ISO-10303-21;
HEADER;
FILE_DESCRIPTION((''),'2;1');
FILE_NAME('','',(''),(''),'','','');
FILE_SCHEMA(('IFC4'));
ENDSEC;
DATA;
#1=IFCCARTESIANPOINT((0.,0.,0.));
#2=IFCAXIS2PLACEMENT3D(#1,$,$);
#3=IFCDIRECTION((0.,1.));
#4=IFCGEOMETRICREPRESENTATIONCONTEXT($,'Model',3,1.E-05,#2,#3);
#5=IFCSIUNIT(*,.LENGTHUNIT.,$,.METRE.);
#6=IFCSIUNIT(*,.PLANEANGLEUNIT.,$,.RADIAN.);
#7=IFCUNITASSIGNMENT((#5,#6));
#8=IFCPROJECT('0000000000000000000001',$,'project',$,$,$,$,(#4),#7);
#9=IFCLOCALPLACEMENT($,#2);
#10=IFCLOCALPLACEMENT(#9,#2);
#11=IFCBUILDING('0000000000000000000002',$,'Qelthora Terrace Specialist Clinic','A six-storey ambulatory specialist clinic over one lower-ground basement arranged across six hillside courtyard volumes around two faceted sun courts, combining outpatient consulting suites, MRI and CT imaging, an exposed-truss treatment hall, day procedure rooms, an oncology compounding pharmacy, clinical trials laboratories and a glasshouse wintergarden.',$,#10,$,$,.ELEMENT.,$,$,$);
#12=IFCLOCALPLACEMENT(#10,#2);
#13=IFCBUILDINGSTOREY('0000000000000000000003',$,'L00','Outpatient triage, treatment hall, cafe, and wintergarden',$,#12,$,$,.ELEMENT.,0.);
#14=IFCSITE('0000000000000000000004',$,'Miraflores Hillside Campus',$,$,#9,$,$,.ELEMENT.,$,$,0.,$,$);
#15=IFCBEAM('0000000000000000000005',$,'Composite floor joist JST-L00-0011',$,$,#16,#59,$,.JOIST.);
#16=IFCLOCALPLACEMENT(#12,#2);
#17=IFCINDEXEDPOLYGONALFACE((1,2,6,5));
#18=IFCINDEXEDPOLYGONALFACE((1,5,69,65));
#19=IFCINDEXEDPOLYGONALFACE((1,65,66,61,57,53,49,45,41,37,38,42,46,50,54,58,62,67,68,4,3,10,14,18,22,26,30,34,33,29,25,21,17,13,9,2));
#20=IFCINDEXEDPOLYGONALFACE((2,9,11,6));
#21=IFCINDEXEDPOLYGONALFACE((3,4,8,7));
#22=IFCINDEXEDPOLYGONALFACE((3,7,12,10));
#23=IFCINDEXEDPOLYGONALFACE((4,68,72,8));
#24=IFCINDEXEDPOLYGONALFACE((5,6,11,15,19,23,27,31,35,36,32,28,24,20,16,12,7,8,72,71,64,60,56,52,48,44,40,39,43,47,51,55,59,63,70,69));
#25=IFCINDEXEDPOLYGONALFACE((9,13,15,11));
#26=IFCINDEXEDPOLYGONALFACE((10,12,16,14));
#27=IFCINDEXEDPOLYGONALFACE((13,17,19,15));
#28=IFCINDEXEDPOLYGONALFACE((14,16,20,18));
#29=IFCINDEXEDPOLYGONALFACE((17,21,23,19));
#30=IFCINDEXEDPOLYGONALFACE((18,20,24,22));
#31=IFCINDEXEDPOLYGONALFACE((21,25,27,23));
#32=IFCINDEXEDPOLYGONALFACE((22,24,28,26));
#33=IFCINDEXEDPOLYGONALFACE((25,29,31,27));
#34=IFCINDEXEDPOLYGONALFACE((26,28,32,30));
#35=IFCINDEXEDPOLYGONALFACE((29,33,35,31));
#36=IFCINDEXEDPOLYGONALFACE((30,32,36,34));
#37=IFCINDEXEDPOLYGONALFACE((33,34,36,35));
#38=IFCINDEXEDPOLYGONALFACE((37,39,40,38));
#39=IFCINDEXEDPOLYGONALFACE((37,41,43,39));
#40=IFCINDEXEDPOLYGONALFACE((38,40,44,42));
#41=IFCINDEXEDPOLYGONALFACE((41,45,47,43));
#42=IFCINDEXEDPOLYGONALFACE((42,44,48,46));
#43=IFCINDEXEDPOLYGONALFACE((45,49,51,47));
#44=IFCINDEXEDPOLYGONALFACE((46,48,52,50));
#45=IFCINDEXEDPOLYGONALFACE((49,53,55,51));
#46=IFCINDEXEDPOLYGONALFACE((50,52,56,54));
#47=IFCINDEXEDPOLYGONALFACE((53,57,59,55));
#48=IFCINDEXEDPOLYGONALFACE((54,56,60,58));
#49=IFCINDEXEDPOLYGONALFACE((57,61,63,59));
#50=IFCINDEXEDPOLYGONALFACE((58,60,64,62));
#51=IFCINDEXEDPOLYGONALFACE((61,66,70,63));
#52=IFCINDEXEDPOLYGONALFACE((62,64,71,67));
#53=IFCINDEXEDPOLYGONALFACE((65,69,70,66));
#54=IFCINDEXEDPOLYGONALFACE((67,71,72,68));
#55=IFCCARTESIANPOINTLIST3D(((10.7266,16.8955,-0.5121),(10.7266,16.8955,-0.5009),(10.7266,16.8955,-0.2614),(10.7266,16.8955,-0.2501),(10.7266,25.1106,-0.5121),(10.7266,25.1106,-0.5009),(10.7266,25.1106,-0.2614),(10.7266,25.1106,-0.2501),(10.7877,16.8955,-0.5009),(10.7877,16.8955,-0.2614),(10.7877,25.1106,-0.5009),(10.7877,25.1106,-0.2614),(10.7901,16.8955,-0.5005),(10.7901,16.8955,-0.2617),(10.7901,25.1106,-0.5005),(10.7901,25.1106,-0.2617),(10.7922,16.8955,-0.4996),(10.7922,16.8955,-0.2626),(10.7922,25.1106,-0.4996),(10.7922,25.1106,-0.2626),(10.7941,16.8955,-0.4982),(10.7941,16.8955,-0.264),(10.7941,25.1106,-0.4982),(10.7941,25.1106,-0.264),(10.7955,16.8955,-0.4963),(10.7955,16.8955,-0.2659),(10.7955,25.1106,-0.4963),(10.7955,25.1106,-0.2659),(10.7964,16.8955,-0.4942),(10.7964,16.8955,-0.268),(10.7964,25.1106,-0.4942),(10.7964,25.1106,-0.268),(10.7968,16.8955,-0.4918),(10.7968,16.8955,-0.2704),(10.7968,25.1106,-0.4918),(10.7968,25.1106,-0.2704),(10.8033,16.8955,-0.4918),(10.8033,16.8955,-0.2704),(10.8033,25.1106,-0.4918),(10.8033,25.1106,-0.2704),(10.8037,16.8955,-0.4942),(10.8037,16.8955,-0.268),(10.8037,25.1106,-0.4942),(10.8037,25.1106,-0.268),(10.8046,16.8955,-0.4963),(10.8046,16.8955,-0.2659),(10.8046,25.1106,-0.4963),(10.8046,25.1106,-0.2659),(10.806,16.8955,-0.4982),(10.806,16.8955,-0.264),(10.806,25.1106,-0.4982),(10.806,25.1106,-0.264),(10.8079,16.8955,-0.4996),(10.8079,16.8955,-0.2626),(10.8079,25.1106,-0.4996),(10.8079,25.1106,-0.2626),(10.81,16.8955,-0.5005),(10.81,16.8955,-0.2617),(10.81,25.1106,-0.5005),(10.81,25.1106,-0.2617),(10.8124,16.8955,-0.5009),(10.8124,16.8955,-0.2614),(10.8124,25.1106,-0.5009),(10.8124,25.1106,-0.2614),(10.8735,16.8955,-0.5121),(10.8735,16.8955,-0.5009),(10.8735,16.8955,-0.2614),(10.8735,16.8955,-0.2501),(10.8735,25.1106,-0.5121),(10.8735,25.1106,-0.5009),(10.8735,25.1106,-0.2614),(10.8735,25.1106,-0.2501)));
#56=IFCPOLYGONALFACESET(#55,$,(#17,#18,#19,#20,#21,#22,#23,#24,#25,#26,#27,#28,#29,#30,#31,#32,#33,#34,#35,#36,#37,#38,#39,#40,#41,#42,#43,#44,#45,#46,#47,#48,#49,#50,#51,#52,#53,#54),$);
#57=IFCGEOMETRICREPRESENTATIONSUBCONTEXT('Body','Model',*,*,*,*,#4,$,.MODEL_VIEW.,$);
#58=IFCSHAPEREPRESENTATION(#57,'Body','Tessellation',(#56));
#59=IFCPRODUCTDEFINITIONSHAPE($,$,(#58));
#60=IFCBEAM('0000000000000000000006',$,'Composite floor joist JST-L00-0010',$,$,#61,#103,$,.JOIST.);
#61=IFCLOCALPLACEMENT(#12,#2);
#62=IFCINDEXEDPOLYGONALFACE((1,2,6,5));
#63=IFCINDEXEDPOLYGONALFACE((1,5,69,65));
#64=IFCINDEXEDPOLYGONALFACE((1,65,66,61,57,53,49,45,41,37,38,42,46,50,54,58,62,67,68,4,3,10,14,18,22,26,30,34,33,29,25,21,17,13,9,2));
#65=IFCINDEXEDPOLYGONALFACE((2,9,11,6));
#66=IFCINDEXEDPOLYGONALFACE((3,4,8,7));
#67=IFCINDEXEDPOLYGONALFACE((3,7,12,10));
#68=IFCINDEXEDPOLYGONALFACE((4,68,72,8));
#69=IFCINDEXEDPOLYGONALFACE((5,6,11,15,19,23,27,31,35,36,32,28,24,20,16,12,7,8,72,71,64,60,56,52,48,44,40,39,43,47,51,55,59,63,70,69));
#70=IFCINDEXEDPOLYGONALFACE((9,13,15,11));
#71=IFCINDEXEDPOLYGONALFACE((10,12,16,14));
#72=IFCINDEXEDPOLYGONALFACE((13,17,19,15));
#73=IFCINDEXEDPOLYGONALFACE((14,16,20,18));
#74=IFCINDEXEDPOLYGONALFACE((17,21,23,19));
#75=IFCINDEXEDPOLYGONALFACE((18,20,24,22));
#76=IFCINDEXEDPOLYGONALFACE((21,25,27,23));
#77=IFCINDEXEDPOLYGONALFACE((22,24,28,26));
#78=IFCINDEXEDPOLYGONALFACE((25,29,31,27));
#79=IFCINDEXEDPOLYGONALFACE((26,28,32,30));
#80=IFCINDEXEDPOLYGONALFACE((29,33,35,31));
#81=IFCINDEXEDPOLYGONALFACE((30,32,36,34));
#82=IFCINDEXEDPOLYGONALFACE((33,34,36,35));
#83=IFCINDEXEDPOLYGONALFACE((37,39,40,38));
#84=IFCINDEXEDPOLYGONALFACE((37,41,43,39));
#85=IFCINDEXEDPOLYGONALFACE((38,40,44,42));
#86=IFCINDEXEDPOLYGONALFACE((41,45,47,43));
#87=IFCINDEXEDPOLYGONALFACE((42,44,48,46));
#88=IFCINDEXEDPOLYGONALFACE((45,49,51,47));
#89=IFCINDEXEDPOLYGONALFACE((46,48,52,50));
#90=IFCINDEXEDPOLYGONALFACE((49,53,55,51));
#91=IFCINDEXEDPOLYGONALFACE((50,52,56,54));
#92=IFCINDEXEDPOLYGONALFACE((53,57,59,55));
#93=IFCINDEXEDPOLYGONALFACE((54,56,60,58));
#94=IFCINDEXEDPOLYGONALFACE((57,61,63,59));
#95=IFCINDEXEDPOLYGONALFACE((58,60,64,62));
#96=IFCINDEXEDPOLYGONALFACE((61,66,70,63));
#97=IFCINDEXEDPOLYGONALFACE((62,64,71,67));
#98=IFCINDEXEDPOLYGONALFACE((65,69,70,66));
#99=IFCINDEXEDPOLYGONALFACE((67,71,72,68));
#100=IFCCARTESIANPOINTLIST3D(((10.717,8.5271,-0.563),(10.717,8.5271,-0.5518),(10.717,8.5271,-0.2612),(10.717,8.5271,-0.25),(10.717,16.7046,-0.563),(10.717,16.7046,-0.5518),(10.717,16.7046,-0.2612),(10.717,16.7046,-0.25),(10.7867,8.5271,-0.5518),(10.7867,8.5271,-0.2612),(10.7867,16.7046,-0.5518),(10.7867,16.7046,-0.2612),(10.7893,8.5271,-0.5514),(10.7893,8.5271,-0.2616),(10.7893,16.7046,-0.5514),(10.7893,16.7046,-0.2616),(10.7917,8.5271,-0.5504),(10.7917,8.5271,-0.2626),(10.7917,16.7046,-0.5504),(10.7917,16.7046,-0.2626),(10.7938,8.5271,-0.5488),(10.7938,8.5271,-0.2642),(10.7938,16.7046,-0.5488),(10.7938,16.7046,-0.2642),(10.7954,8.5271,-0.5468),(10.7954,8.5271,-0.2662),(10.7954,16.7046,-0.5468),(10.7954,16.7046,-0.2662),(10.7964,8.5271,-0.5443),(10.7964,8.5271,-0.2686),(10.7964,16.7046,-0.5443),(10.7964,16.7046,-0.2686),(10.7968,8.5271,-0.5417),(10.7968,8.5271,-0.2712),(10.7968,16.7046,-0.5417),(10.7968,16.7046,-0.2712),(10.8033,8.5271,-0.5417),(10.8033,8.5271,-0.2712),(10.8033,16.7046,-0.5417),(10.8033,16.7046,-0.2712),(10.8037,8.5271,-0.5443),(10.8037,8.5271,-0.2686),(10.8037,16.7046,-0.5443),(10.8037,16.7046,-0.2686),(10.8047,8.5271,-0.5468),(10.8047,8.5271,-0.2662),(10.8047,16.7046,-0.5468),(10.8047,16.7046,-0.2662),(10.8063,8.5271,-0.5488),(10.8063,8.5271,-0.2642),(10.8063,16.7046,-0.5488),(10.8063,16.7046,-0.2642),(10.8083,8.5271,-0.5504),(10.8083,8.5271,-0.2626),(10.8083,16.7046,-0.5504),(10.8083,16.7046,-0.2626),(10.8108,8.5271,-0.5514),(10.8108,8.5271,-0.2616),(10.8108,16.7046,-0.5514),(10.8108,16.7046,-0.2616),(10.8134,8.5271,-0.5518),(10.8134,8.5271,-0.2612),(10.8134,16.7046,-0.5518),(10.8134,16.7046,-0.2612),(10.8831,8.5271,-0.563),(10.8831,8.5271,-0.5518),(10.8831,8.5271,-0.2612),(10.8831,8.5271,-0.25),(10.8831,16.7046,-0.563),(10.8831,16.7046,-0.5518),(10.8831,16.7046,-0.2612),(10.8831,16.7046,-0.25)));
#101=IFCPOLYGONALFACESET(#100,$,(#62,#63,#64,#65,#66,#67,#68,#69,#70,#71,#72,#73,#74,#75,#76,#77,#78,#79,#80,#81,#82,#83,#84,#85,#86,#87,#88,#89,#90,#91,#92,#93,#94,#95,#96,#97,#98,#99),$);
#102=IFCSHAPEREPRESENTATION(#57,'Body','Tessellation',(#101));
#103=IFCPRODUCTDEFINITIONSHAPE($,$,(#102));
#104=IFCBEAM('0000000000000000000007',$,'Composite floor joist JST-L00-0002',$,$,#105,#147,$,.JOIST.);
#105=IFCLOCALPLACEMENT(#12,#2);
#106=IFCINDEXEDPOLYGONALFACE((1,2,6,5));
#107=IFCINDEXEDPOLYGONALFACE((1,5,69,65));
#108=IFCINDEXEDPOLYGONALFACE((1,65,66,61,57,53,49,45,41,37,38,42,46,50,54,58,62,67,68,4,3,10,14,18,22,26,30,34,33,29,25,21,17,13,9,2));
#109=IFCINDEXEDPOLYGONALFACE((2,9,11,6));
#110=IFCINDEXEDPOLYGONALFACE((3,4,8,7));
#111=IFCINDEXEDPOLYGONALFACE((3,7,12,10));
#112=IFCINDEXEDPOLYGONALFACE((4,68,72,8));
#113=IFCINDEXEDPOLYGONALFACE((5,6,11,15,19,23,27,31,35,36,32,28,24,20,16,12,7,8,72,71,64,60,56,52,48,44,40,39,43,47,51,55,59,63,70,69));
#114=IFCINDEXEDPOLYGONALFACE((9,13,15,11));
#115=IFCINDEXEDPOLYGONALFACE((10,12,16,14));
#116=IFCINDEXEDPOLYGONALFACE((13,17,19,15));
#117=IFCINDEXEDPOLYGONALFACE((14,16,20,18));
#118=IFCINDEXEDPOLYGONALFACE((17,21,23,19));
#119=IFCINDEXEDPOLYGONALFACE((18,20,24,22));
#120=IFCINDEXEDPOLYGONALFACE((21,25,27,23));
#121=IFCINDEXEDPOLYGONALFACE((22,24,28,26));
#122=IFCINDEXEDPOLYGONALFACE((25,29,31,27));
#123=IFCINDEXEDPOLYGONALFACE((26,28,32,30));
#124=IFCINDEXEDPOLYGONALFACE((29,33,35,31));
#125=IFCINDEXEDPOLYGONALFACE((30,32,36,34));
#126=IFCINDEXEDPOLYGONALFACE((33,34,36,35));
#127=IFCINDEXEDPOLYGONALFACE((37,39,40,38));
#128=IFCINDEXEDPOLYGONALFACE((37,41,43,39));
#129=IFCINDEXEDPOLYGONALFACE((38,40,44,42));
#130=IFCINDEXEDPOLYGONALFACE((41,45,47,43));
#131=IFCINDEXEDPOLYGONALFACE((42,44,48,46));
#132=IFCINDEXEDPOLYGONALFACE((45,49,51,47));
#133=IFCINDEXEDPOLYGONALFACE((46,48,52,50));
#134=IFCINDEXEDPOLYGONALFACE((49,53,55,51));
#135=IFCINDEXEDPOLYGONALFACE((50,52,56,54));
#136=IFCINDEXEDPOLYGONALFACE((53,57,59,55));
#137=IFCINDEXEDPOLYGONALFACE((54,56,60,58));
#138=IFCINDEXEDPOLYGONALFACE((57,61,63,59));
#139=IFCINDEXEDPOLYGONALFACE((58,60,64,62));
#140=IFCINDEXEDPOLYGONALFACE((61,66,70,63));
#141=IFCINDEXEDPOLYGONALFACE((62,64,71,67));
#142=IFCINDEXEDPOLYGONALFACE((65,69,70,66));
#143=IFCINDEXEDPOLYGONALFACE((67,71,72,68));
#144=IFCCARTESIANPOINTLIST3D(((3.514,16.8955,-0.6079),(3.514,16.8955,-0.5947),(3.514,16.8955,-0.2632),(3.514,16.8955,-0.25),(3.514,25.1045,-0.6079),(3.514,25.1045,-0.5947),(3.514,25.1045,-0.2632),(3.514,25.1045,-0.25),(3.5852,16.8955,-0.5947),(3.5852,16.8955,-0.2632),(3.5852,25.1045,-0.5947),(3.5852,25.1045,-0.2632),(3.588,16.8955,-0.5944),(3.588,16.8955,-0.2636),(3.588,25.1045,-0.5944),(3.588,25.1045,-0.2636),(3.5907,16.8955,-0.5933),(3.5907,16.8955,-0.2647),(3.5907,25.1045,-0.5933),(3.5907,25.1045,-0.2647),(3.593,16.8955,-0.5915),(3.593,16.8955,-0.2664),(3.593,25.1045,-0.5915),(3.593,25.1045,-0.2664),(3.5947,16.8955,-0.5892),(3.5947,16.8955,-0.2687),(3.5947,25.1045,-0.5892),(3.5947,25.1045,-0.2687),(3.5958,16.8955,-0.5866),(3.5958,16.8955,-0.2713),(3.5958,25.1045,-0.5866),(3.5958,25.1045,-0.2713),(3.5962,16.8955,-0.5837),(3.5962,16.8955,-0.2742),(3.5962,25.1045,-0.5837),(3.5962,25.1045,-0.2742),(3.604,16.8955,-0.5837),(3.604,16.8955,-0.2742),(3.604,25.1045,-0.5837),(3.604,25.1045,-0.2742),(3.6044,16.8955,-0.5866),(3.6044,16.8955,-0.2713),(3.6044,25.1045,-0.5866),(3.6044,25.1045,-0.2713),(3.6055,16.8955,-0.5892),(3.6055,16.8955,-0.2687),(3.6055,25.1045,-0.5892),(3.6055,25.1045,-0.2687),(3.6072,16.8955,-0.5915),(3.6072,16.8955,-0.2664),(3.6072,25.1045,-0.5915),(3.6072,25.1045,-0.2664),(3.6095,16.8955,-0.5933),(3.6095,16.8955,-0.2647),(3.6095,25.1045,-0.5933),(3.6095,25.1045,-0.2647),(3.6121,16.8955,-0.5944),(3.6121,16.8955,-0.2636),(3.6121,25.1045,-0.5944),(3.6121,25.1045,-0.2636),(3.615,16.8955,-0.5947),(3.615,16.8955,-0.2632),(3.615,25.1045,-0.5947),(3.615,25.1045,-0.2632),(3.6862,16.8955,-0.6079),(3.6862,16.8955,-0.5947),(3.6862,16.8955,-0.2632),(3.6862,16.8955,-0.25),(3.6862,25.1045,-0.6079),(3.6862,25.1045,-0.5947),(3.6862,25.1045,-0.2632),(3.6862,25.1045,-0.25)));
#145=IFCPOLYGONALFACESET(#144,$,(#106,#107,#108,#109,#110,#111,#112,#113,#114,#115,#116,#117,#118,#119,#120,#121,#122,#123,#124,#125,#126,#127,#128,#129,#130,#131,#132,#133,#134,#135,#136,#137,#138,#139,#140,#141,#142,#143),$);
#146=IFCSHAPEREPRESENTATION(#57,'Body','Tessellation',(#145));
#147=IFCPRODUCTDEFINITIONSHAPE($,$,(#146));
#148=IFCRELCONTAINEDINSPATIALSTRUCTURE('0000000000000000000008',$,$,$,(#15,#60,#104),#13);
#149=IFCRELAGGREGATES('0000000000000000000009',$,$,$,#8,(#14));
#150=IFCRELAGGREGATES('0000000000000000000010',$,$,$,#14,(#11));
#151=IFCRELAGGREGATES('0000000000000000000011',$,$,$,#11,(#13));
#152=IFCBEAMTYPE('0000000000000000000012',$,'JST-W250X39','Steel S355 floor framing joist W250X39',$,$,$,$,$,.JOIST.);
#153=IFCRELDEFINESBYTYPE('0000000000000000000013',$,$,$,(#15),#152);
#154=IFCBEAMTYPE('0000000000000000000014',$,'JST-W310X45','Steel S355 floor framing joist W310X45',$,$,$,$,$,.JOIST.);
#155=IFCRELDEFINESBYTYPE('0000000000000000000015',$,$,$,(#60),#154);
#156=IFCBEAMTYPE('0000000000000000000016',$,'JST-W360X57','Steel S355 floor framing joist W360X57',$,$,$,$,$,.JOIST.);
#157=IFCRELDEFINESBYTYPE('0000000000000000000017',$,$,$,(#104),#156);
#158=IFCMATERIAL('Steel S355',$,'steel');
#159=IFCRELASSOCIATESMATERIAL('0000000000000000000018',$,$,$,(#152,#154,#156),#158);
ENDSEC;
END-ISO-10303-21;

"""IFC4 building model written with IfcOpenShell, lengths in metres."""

from ifc_helpers import new_model, si_unit, direction, frame, origin, origin_2d, place, context, subcontext, project, spatial, i_section, extrude, material, material_profile, profile_set, type_object, element, save


model = new_model("IFC4")

# Units and contexts
model_context = context("Model", 3, precision=1e-05, world=origin(), true_north=direction((0.0, 1.0)))
body_context = subcontext(model_context, "Body", "Model", "MODEL_VIEW")
ifc_project = project(units=[si_unit("LENGTHUNIT", "METRE"), si_unit("PLANEANGLEUNIT", "RADIAN")], contexts=[model_context])

# Site, building, storey
site_placement = place(None, origin())
site = spatial("IfcSite", under=ifc_project, at=site_placement, Name="Miraflores Hillside Campus", CompositionType="ELEMENT", RefElevation=0.0)
building_placement = place(site_placement, origin())
building = spatial("IfcBuilding", under=site, at=building_placement, Name="Qelthora Terrace Specialist Clinic", Description="A six-storey ambulatory specialist clinic over one lower-ground basement arranged across six hillside courtyard volumes around two faceted sun courts, combining outpatient consulting suites, MRI and CT imaging, an exposed-truss treatment hall, day procedure rooms, an oncology compounding pharmacy, clinical trials laboratories and a glasshouse wintergarden.", CompositionType="ELEMENT")
storey_placement = place(building_placement, origin())
storey = spatial("IfcBuildingStorey", under=building, at=storey_placement, Name="L00", Description="Outpatient triage, treatment hall, cafe, and wintergarden", CompositionType="ELEMENT", Elevation=0.0)

# Shared definitions
ifc_material_1 = material(Name="Steel S355", Category="steel")

# Beams
ifc_material_profile_1 = material_profile(ifc_material_1, i_section(OverallWidth=0.147, OverallDepth=0.262, WebThickness=0.0066, FlangeThickness=0.0112, FilletRadius=0.009, at=origin_2d()), Name="W250X39")
ifc_profile_set_1 = profile_set([ifc_material_profile_1], Name="Steel S355")
beam_type_1 = type_object("IfcBeamType", Name="JST-W250X39", Description="Steel S355 floor framing joist W250X39", PredefinedType="JOIST", material=ifc_profile_set_1)
beam_1_placement = place(storey_placement, frame((10.8, 16.8955, -0.3811), z_axis=(0.0, 1.0, 0.0), x_axis=(-1.0, 0.0, 0.0)))
element("IfcBeam", 1, at=beam_1_placement, inside=storey, type_object=beam_type_1, Name="Composite floor joist JST-L00-0011", PredefinedType="JOIST", context=body_context, shape_type="SweptSolid", body=[
    extrude(i_section(OverallWidth=0.147, OverallDepth=0.262, WebThickness=0.0066, FlangeThickness=0.0112, FilletRadius=0.009, at=origin_2d()), origin(), (0.0, 0.0, 1.0), 8.2151),
])
ifc_material_profile_2 = material_profile(ifc_material_1, i_section(OverallWidth=0.166, OverallDepth=0.313, WebThickness=0.0066, FlangeThickness=0.0112, FilletRadius=0.01, at=origin_2d()), Name="W310X45")
ifc_profile_set_2 = profile_set([ifc_material_profile_2], Name="Steel S355")
beam_type_2 = type_object("IfcBeamType", Name="JST-W310X45", Description="Steel S355 floor framing joist W310X45", PredefinedType="JOIST", material=ifc_profile_set_2)
beam_2_placement = place(storey_placement, frame((10.8, 8.5271, -0.4065), z_axis=(0.0, 1.0, 0.0), x_axis=(-1.0, 0.0, 0.0)))
element("IfcBeam", 2, at=beam_2_placement, inside=storey, type_object=beam_type_2, Name="Composite floor joist JST-L00-0010", PredefinedType="JOIST", context=body_context, shape_type="SweptSolid", body=[
    extrude(i_section(OverallWidth=0.166, OverallDepth=0.313, WebThickness=0.0066, FlangeThickness=0.0112, FilletRadius=0.01, at=origin_2d()), origin(), (0.0, 0.0, 1.0), 8.1775),
])
ifc_material_profile_3 = material_profile(ifc_material_1, i_section(OverallWidth=0.1721, OverallDepth=0.3579, WebThickness=0.0078, FlangeThickness=0.0132, FilletRadius=0.011, at=origin_2d()), Name="W360X57")
ifc_profile_set_3 = profile_set([ifc_material_profile_3], Name="Steel S355")
beam_type_3 = type_object("IfcBeamType", Name="JST-W360X57", Description="Steel S355 floor framing joist W360X57", PredefinedType="JOIST", material=ifc_profile_set_3)
beam_3_placement = place(storey_placement, frame((3.6001, 16.8955, -0.429), z_axis=(0.0, 1.0, 0.0), x_axis=(-1.0, 0.0, 0.0)))
element("IfcBeam", 3, at=beam_3_placement, inside=storey, type_object=beam_type_3, Name="Composite floor joist JST-L00-0002", PredefinedType="JOIST", context=body_context, shape_type="SweptSolid", body=[
    extrude(i_section(OverallWidth=0.1721, OverallDepth=0.3579, WebThickness=0.0078, FlangeThickness=0.0132, FilletRadius=0.011, at=origin_2d()), origin(), (0.0, 0.0, 1.0), 8.209),
])

save(model, "model.ifc")
